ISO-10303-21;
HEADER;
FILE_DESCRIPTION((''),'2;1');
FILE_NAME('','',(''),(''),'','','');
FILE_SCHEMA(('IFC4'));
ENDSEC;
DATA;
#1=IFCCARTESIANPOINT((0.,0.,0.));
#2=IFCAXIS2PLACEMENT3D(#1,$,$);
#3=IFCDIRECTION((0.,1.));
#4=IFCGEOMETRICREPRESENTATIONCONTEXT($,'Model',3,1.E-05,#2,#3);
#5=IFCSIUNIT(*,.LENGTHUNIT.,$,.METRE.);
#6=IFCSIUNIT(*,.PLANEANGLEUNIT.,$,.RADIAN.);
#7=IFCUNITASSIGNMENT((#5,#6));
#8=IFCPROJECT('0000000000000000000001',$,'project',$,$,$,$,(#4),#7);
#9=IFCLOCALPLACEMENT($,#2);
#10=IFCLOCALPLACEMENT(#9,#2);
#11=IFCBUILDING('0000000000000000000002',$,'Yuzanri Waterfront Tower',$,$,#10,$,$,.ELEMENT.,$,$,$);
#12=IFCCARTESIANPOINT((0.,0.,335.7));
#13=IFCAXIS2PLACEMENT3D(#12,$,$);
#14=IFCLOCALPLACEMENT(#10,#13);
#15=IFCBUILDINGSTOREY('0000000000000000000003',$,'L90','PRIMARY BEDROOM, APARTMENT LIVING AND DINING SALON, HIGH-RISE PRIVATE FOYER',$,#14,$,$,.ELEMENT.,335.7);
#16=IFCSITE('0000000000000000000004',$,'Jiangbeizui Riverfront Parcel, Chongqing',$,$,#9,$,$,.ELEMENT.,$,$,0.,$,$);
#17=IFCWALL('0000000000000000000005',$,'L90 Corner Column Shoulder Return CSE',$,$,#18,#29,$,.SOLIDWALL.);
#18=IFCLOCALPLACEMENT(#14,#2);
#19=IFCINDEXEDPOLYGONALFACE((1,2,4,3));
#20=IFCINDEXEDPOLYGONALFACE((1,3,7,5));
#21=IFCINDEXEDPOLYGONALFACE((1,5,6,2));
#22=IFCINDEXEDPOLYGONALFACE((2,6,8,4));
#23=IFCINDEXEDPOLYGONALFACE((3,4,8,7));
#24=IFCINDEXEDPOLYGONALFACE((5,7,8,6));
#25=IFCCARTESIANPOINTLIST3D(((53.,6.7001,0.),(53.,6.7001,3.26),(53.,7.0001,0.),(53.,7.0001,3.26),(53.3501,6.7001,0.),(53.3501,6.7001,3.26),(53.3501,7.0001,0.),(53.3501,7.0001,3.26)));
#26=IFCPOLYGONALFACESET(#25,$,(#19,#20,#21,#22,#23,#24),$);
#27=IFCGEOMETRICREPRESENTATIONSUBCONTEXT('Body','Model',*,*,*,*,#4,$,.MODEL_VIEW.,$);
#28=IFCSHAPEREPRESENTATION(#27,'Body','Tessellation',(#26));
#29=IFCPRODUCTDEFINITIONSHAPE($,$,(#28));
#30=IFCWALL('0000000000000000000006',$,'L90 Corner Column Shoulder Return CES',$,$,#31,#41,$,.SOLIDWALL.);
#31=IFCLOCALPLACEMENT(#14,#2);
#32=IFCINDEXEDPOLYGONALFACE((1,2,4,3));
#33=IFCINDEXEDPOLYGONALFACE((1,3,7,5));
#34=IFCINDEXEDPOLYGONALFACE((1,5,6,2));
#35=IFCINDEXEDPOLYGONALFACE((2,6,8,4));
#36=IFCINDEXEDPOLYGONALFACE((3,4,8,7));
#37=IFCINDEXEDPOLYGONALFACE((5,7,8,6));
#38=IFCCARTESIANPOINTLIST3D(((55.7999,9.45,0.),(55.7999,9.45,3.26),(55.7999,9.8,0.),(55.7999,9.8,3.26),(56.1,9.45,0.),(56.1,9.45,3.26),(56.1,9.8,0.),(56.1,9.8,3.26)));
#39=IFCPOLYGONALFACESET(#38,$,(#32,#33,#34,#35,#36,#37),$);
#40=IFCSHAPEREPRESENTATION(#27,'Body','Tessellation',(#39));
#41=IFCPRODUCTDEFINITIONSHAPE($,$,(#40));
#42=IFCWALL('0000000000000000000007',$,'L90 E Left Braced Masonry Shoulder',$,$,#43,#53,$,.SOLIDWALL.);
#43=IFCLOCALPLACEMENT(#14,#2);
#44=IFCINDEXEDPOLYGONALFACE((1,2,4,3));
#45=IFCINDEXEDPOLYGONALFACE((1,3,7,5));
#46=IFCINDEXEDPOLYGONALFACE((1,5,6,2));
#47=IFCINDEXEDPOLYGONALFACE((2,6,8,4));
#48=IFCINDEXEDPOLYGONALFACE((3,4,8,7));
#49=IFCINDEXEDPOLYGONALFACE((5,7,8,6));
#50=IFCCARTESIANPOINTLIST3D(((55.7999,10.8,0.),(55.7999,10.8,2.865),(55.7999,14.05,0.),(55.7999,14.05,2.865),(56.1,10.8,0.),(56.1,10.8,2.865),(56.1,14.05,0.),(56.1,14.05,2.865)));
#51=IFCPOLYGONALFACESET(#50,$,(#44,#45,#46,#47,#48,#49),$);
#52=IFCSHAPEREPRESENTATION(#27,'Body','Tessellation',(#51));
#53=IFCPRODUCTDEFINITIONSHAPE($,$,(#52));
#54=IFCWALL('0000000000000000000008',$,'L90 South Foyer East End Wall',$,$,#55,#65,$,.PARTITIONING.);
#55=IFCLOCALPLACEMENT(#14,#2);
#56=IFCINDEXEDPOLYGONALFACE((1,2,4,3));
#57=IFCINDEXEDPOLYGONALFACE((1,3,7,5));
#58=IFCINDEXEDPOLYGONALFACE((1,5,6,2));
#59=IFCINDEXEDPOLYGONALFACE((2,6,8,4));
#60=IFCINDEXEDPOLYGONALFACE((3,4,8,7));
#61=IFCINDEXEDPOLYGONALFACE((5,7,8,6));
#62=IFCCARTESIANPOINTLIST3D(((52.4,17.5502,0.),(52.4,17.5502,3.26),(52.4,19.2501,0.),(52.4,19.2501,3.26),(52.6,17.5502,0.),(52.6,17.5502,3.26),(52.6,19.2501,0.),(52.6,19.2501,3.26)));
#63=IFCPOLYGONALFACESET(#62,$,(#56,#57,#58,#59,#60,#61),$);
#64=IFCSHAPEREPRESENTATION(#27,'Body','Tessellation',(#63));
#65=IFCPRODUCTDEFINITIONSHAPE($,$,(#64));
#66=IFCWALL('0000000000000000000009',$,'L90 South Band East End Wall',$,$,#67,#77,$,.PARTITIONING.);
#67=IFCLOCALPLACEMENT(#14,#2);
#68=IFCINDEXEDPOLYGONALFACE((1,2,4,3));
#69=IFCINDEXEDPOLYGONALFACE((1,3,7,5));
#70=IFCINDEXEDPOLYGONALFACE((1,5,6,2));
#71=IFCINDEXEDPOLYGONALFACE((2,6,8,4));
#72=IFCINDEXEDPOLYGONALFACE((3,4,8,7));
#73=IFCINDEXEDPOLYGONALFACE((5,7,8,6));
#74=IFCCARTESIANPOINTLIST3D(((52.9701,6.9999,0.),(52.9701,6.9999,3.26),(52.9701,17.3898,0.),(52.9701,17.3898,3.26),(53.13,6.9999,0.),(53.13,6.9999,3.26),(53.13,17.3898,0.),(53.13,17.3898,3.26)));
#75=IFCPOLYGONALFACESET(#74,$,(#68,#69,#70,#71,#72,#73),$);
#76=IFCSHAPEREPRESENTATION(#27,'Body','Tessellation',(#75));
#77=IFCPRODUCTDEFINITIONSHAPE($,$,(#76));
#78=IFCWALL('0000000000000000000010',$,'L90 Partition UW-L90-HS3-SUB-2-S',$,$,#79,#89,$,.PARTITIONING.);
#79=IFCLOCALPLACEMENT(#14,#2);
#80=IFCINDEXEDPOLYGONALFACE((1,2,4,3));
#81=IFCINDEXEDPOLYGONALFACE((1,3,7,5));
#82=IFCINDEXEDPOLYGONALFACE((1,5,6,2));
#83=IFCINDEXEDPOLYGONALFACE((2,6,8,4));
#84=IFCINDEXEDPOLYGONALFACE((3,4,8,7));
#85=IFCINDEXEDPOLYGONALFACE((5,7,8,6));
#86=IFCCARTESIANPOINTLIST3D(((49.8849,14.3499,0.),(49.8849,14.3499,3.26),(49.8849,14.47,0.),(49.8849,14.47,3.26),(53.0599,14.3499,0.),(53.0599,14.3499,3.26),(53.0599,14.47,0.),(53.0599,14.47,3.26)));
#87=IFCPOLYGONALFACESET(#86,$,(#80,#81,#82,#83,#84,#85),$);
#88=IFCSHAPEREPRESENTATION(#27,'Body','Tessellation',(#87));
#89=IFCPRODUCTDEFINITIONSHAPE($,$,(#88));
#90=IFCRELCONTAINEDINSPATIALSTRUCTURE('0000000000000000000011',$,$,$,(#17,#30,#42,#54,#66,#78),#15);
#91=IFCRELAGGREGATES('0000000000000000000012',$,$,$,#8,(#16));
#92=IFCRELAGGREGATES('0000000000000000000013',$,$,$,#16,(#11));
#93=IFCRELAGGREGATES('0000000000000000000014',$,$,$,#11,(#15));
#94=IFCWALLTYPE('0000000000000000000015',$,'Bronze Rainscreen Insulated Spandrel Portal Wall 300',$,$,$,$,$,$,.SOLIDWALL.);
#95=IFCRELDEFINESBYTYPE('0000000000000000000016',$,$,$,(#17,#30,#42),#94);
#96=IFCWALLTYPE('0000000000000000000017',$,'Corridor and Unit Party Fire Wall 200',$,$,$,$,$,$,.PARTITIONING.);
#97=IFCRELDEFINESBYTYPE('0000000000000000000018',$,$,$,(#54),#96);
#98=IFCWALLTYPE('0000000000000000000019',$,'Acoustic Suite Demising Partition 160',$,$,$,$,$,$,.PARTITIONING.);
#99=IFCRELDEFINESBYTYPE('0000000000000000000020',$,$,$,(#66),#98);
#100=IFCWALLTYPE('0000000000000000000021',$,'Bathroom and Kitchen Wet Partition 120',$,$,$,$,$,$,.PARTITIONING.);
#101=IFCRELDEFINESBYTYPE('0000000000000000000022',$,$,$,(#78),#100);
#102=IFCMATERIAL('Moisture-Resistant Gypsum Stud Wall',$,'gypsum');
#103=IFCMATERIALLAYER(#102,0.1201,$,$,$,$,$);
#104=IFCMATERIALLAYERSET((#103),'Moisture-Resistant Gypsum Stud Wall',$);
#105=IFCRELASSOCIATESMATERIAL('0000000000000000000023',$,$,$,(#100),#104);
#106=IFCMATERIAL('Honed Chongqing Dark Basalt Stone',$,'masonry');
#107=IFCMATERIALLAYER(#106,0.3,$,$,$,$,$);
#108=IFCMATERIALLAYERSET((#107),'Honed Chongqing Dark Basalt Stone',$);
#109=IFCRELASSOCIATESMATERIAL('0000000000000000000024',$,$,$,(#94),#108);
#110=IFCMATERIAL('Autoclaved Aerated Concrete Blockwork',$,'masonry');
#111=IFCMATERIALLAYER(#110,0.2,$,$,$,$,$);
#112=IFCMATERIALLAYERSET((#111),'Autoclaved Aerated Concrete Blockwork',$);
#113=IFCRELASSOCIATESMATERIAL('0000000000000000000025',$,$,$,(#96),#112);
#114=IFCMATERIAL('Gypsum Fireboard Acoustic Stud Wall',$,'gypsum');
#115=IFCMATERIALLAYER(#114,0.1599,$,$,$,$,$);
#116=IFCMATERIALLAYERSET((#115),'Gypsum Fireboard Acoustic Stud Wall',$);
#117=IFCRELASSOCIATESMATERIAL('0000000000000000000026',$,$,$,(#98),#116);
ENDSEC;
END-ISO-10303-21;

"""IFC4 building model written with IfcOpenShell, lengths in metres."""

from ifc_helpers import new_model, si_unit, direction, frame, frame_2d, origin, place, context, subcontext, project, spatial, rectangle, extrude, source, transform, mapped, material, layer, layer_set, type_object, element, save


model = new_model("IFC4")

# Units and contexts
model_context = context("Model", 3, precision=1e-05, world=origin(), true_north=direction((0.0, 1.0)))
body_context = subcontext(model_context, "Body", "Model", "MODEL_VIEW")
ifc_project = project(units=[si_unit("LENGTHUNIT", "METRE"), si_unit("PLANEANGLEUNIT", "RADIAN")], contexts=[model_context])

# Site, building, storey
site_placement = place(None, origin())
site = spatial("IfcSite", under=ifc_project, at=site_placement, Name="Jiangbeizui Riverfront Parcel, Chongqing", CompositionType="ELEMENT", RefElevation=0.0)
building_placement = place(site_placement, origin())
building = spatial("IfcBuilding", under=site, at=building_placement, Name="Yuzanri Waterfront Tower", CompositionType="ELEMENT")
storey_placement = place(building_placement, frame((0.0, 0.0, 335.7)))
storey = spatial("IfcBuildingStorey", under=building, at=storey_placement, Name="L90", Description="PRIMARY BEDROOM, APARTMENT LIVING AND DINING SALON, HIGH-RISE PRIVATE FOYER", CompositionType="ELEMENT", Elevation=335.7)

# Shared definitions
ifc_material_1 = material(Name="Moisture-Resistant Gypsum Stud Wall", Category="gypsum")
ifc_layer_1 = layer(ifc_material_1, 0.1201)
ifc_layer_set_1 = layer_set([ifc_layer_1], Name="Moisture-Resistant Gypsum Stud Wall")
wall_type_1 = type_object("IfcWallType", Name="Bathroom and Kitchen Wet Partition 120", PredefinedType="PARTITIONING", material=ifc_layer_set_1)

# Shared definitions
ifc_material_2 = material(Name="Honed Chongqing Dark Basalt Stone", Category="masonry")
ifc_layer_2 = layer(ifc_material_2, 0.3)
ifc_layer_set_2 = layer_set([ifc_layer_2], Name="Honed Chongqing Dark Basalt Stone")
wall_type_2 = type_object("IfcWallType", Name="Bronze Rainscreen Insulated Spandrel Portal Wall 300", PredefinedType="SOLIDWALL", material=ifc_layer_set_2)

# Walls
shared_shape_1 = source(origin(), body_context, "Body", "SweptSolid", [
    extrude(rectangle(XDim=0.3501, YDim=0.3, at=frame_2d((0.175, 0.0))), origin(), (0.0, 0.0, 1.0), 3.26),
])
for number, where, z_axis, x_axis, name in (
    (1, (53.0, 6.8501, 0.0), (0.0, 0.0, 1.0), (1.0, 0.0, 0.0), "L90 Corner Column Shoulder Return CSE"),
    (2, (55.95, 9.45, 0.0), (0.0, 0.0, 1.0), (0.0, 1.0, 0.0), "L90 Corner Column Shoulder Return CES"),
):
    element("IfcWall", number, at=place(storey_placement, frame(where, z_axis=z_axis, x_axis=x_axis)), inside=storey, type_object=wall_type_2, Name=name, PredefinedType="SOLIDWALL", context=body_context, shape_type="MappedRepresentation", body=[
        mapped(shared_shape_1, transform((0.0, 0.0, 0.0), scale=1.0)),
    ])
shared_shape_2 = source(origin(), body_context, "Body", "SweptSolid", [
    extrude(rectangle(XDim=3.25, YDim=0.3, at=frame_2d((1.625, 0.0))), origin(), (0.0, 0.0, 1.0), 2.865),
])
wall_1_placement = place(storey_placement, frame((55.95, 10.8, 0.0), z_axis=(0.0, 0.0, 1.0), x_axis=(0.0, 1.0, 0.0)))
element("IfcWall", 3, at=wall_1_placement, inside=storey, type_object=wall_type_2, Name="L90 E Left Braced Masonry Shoulder", PredefinedType="SOLIDWALL", context=body_context, shape_type="MappedRepresentation", body=[
    mapped(shared_shape_2, transform((0.0, 0.0, 0.0), scale=1.0)),
])
ifc_material_3 = material(Name="Autoclaved Aerated Concrete Blockwork", Category="masonry")
ifc_layer_3 = layer(ifc_material_3, 0.2)
ifc_layer_set_3 = layer_set([ifc_layer_3], Name="Autoclaved Aerated Concrete Blockwork")
wall_type_3 = type_object("IfcWallType", Name="Corridor and Unit Party Fire Wall 200", PredefinedType="PARTITIONING", material=ifc_layer_set_3)
shared_shape_3 = source(origin(), body_context, "Body", "SweptSolid", [
    extrude(rectangle(XDim=1.7, YDim=0.2, at=frame_2d((0.8501, 0.0))), origin(), (0.0, 0.0, 1.0), 3.26),
])
wall_2_placement = place(storey_placement, frame((52.5, 17.55, 0.0), z_axis=(0.0, 0.0, 1.0), x_axis=(0.0, 1.0, 0.0)))
element("IfcWall", 4, at=wall_2_placement, inside=storey, type_object=wall_type_3, Name="L90 South Foyer East End Wall", PredefinedType="PARTITIONING", context=body_context, shape_type="MappedRepresentation", body=[
    mapped(shared_shape_3, transform((0.0, 0.0, 0.0), scale=1.0)),
])
ifc_material_4 = material(Name="Gypsum Fireboard Acoustic Stud Wall", Category="gypsum")
ifc_layer_4 = layer(ifc_material_4, 0.1599)
ifc_layer_set_4 = layer_set([ifc_layer_4], Name="Gypsum Fireboard Acoustic Stud Wall")
wall_type_4 = type_object("IfcWallType", Name="Acoustic Suite Demising Partition 160", PredefinedType="PARTITIONING", material=ifc_layer_set_4)
shared_shape_4 = source(origin(), body_context, "Body", "SweptSolid", [
    extrude(rectangle(XDim=10.3899, YDim=0.1599, at=frame_2d((5.1948, 0.0))), origin(), (0.0, 0.0, 1.0), 3.26),
])
wall_3_placement = place(storey_placement, frame((53.05, 7.0, 0.0), z_axis=(0.0, 0.0, 1.0), x_axis=(0.0, 1.0, 0.0)))
element("IfcWall", 5, at=wall_3_placement, inside=storey, type_object=wall_type_4, Name="L90 South Band East End Wall", PredefinedType="PARTITIONING", context=body_context, shape_type="MappedRepresentation", body=[
    mapped(shared_shape_4, transform((0.0, 0.0, 0.0), scale=1.0)),
])
shared_shape_5 = source(origin(), body_context, "Body", "SweptSolid", [
    extrude(rectangle(XDim=3.175, YDim=0.1201, at=frame_2d((1.5874, 0.0))), origin(), (0.0, 0.0, 1.0), 3.26),
])
wall_4_placement = place(storey_placement, frame((49.885, 14.4099, 0.0), z_axis=(0.0, 0.0, 1.0), x_axis=(1.0, 0.0, 0.0)))
element("IfcWall", 6, at=wall_4_placement, inside=storey, type_object=wall_type_1, Name="L90 Partition UW-L90-HS3-SUB-2-S", PredefinedType="PARTITIONING", context=body_context, shape_type="MappedRepresentation", body=[
    mapped(shared_shape_5, transform((0.0, 0.0, 0.0), scale=1.0)),
])

save(model, "model.ifc")
